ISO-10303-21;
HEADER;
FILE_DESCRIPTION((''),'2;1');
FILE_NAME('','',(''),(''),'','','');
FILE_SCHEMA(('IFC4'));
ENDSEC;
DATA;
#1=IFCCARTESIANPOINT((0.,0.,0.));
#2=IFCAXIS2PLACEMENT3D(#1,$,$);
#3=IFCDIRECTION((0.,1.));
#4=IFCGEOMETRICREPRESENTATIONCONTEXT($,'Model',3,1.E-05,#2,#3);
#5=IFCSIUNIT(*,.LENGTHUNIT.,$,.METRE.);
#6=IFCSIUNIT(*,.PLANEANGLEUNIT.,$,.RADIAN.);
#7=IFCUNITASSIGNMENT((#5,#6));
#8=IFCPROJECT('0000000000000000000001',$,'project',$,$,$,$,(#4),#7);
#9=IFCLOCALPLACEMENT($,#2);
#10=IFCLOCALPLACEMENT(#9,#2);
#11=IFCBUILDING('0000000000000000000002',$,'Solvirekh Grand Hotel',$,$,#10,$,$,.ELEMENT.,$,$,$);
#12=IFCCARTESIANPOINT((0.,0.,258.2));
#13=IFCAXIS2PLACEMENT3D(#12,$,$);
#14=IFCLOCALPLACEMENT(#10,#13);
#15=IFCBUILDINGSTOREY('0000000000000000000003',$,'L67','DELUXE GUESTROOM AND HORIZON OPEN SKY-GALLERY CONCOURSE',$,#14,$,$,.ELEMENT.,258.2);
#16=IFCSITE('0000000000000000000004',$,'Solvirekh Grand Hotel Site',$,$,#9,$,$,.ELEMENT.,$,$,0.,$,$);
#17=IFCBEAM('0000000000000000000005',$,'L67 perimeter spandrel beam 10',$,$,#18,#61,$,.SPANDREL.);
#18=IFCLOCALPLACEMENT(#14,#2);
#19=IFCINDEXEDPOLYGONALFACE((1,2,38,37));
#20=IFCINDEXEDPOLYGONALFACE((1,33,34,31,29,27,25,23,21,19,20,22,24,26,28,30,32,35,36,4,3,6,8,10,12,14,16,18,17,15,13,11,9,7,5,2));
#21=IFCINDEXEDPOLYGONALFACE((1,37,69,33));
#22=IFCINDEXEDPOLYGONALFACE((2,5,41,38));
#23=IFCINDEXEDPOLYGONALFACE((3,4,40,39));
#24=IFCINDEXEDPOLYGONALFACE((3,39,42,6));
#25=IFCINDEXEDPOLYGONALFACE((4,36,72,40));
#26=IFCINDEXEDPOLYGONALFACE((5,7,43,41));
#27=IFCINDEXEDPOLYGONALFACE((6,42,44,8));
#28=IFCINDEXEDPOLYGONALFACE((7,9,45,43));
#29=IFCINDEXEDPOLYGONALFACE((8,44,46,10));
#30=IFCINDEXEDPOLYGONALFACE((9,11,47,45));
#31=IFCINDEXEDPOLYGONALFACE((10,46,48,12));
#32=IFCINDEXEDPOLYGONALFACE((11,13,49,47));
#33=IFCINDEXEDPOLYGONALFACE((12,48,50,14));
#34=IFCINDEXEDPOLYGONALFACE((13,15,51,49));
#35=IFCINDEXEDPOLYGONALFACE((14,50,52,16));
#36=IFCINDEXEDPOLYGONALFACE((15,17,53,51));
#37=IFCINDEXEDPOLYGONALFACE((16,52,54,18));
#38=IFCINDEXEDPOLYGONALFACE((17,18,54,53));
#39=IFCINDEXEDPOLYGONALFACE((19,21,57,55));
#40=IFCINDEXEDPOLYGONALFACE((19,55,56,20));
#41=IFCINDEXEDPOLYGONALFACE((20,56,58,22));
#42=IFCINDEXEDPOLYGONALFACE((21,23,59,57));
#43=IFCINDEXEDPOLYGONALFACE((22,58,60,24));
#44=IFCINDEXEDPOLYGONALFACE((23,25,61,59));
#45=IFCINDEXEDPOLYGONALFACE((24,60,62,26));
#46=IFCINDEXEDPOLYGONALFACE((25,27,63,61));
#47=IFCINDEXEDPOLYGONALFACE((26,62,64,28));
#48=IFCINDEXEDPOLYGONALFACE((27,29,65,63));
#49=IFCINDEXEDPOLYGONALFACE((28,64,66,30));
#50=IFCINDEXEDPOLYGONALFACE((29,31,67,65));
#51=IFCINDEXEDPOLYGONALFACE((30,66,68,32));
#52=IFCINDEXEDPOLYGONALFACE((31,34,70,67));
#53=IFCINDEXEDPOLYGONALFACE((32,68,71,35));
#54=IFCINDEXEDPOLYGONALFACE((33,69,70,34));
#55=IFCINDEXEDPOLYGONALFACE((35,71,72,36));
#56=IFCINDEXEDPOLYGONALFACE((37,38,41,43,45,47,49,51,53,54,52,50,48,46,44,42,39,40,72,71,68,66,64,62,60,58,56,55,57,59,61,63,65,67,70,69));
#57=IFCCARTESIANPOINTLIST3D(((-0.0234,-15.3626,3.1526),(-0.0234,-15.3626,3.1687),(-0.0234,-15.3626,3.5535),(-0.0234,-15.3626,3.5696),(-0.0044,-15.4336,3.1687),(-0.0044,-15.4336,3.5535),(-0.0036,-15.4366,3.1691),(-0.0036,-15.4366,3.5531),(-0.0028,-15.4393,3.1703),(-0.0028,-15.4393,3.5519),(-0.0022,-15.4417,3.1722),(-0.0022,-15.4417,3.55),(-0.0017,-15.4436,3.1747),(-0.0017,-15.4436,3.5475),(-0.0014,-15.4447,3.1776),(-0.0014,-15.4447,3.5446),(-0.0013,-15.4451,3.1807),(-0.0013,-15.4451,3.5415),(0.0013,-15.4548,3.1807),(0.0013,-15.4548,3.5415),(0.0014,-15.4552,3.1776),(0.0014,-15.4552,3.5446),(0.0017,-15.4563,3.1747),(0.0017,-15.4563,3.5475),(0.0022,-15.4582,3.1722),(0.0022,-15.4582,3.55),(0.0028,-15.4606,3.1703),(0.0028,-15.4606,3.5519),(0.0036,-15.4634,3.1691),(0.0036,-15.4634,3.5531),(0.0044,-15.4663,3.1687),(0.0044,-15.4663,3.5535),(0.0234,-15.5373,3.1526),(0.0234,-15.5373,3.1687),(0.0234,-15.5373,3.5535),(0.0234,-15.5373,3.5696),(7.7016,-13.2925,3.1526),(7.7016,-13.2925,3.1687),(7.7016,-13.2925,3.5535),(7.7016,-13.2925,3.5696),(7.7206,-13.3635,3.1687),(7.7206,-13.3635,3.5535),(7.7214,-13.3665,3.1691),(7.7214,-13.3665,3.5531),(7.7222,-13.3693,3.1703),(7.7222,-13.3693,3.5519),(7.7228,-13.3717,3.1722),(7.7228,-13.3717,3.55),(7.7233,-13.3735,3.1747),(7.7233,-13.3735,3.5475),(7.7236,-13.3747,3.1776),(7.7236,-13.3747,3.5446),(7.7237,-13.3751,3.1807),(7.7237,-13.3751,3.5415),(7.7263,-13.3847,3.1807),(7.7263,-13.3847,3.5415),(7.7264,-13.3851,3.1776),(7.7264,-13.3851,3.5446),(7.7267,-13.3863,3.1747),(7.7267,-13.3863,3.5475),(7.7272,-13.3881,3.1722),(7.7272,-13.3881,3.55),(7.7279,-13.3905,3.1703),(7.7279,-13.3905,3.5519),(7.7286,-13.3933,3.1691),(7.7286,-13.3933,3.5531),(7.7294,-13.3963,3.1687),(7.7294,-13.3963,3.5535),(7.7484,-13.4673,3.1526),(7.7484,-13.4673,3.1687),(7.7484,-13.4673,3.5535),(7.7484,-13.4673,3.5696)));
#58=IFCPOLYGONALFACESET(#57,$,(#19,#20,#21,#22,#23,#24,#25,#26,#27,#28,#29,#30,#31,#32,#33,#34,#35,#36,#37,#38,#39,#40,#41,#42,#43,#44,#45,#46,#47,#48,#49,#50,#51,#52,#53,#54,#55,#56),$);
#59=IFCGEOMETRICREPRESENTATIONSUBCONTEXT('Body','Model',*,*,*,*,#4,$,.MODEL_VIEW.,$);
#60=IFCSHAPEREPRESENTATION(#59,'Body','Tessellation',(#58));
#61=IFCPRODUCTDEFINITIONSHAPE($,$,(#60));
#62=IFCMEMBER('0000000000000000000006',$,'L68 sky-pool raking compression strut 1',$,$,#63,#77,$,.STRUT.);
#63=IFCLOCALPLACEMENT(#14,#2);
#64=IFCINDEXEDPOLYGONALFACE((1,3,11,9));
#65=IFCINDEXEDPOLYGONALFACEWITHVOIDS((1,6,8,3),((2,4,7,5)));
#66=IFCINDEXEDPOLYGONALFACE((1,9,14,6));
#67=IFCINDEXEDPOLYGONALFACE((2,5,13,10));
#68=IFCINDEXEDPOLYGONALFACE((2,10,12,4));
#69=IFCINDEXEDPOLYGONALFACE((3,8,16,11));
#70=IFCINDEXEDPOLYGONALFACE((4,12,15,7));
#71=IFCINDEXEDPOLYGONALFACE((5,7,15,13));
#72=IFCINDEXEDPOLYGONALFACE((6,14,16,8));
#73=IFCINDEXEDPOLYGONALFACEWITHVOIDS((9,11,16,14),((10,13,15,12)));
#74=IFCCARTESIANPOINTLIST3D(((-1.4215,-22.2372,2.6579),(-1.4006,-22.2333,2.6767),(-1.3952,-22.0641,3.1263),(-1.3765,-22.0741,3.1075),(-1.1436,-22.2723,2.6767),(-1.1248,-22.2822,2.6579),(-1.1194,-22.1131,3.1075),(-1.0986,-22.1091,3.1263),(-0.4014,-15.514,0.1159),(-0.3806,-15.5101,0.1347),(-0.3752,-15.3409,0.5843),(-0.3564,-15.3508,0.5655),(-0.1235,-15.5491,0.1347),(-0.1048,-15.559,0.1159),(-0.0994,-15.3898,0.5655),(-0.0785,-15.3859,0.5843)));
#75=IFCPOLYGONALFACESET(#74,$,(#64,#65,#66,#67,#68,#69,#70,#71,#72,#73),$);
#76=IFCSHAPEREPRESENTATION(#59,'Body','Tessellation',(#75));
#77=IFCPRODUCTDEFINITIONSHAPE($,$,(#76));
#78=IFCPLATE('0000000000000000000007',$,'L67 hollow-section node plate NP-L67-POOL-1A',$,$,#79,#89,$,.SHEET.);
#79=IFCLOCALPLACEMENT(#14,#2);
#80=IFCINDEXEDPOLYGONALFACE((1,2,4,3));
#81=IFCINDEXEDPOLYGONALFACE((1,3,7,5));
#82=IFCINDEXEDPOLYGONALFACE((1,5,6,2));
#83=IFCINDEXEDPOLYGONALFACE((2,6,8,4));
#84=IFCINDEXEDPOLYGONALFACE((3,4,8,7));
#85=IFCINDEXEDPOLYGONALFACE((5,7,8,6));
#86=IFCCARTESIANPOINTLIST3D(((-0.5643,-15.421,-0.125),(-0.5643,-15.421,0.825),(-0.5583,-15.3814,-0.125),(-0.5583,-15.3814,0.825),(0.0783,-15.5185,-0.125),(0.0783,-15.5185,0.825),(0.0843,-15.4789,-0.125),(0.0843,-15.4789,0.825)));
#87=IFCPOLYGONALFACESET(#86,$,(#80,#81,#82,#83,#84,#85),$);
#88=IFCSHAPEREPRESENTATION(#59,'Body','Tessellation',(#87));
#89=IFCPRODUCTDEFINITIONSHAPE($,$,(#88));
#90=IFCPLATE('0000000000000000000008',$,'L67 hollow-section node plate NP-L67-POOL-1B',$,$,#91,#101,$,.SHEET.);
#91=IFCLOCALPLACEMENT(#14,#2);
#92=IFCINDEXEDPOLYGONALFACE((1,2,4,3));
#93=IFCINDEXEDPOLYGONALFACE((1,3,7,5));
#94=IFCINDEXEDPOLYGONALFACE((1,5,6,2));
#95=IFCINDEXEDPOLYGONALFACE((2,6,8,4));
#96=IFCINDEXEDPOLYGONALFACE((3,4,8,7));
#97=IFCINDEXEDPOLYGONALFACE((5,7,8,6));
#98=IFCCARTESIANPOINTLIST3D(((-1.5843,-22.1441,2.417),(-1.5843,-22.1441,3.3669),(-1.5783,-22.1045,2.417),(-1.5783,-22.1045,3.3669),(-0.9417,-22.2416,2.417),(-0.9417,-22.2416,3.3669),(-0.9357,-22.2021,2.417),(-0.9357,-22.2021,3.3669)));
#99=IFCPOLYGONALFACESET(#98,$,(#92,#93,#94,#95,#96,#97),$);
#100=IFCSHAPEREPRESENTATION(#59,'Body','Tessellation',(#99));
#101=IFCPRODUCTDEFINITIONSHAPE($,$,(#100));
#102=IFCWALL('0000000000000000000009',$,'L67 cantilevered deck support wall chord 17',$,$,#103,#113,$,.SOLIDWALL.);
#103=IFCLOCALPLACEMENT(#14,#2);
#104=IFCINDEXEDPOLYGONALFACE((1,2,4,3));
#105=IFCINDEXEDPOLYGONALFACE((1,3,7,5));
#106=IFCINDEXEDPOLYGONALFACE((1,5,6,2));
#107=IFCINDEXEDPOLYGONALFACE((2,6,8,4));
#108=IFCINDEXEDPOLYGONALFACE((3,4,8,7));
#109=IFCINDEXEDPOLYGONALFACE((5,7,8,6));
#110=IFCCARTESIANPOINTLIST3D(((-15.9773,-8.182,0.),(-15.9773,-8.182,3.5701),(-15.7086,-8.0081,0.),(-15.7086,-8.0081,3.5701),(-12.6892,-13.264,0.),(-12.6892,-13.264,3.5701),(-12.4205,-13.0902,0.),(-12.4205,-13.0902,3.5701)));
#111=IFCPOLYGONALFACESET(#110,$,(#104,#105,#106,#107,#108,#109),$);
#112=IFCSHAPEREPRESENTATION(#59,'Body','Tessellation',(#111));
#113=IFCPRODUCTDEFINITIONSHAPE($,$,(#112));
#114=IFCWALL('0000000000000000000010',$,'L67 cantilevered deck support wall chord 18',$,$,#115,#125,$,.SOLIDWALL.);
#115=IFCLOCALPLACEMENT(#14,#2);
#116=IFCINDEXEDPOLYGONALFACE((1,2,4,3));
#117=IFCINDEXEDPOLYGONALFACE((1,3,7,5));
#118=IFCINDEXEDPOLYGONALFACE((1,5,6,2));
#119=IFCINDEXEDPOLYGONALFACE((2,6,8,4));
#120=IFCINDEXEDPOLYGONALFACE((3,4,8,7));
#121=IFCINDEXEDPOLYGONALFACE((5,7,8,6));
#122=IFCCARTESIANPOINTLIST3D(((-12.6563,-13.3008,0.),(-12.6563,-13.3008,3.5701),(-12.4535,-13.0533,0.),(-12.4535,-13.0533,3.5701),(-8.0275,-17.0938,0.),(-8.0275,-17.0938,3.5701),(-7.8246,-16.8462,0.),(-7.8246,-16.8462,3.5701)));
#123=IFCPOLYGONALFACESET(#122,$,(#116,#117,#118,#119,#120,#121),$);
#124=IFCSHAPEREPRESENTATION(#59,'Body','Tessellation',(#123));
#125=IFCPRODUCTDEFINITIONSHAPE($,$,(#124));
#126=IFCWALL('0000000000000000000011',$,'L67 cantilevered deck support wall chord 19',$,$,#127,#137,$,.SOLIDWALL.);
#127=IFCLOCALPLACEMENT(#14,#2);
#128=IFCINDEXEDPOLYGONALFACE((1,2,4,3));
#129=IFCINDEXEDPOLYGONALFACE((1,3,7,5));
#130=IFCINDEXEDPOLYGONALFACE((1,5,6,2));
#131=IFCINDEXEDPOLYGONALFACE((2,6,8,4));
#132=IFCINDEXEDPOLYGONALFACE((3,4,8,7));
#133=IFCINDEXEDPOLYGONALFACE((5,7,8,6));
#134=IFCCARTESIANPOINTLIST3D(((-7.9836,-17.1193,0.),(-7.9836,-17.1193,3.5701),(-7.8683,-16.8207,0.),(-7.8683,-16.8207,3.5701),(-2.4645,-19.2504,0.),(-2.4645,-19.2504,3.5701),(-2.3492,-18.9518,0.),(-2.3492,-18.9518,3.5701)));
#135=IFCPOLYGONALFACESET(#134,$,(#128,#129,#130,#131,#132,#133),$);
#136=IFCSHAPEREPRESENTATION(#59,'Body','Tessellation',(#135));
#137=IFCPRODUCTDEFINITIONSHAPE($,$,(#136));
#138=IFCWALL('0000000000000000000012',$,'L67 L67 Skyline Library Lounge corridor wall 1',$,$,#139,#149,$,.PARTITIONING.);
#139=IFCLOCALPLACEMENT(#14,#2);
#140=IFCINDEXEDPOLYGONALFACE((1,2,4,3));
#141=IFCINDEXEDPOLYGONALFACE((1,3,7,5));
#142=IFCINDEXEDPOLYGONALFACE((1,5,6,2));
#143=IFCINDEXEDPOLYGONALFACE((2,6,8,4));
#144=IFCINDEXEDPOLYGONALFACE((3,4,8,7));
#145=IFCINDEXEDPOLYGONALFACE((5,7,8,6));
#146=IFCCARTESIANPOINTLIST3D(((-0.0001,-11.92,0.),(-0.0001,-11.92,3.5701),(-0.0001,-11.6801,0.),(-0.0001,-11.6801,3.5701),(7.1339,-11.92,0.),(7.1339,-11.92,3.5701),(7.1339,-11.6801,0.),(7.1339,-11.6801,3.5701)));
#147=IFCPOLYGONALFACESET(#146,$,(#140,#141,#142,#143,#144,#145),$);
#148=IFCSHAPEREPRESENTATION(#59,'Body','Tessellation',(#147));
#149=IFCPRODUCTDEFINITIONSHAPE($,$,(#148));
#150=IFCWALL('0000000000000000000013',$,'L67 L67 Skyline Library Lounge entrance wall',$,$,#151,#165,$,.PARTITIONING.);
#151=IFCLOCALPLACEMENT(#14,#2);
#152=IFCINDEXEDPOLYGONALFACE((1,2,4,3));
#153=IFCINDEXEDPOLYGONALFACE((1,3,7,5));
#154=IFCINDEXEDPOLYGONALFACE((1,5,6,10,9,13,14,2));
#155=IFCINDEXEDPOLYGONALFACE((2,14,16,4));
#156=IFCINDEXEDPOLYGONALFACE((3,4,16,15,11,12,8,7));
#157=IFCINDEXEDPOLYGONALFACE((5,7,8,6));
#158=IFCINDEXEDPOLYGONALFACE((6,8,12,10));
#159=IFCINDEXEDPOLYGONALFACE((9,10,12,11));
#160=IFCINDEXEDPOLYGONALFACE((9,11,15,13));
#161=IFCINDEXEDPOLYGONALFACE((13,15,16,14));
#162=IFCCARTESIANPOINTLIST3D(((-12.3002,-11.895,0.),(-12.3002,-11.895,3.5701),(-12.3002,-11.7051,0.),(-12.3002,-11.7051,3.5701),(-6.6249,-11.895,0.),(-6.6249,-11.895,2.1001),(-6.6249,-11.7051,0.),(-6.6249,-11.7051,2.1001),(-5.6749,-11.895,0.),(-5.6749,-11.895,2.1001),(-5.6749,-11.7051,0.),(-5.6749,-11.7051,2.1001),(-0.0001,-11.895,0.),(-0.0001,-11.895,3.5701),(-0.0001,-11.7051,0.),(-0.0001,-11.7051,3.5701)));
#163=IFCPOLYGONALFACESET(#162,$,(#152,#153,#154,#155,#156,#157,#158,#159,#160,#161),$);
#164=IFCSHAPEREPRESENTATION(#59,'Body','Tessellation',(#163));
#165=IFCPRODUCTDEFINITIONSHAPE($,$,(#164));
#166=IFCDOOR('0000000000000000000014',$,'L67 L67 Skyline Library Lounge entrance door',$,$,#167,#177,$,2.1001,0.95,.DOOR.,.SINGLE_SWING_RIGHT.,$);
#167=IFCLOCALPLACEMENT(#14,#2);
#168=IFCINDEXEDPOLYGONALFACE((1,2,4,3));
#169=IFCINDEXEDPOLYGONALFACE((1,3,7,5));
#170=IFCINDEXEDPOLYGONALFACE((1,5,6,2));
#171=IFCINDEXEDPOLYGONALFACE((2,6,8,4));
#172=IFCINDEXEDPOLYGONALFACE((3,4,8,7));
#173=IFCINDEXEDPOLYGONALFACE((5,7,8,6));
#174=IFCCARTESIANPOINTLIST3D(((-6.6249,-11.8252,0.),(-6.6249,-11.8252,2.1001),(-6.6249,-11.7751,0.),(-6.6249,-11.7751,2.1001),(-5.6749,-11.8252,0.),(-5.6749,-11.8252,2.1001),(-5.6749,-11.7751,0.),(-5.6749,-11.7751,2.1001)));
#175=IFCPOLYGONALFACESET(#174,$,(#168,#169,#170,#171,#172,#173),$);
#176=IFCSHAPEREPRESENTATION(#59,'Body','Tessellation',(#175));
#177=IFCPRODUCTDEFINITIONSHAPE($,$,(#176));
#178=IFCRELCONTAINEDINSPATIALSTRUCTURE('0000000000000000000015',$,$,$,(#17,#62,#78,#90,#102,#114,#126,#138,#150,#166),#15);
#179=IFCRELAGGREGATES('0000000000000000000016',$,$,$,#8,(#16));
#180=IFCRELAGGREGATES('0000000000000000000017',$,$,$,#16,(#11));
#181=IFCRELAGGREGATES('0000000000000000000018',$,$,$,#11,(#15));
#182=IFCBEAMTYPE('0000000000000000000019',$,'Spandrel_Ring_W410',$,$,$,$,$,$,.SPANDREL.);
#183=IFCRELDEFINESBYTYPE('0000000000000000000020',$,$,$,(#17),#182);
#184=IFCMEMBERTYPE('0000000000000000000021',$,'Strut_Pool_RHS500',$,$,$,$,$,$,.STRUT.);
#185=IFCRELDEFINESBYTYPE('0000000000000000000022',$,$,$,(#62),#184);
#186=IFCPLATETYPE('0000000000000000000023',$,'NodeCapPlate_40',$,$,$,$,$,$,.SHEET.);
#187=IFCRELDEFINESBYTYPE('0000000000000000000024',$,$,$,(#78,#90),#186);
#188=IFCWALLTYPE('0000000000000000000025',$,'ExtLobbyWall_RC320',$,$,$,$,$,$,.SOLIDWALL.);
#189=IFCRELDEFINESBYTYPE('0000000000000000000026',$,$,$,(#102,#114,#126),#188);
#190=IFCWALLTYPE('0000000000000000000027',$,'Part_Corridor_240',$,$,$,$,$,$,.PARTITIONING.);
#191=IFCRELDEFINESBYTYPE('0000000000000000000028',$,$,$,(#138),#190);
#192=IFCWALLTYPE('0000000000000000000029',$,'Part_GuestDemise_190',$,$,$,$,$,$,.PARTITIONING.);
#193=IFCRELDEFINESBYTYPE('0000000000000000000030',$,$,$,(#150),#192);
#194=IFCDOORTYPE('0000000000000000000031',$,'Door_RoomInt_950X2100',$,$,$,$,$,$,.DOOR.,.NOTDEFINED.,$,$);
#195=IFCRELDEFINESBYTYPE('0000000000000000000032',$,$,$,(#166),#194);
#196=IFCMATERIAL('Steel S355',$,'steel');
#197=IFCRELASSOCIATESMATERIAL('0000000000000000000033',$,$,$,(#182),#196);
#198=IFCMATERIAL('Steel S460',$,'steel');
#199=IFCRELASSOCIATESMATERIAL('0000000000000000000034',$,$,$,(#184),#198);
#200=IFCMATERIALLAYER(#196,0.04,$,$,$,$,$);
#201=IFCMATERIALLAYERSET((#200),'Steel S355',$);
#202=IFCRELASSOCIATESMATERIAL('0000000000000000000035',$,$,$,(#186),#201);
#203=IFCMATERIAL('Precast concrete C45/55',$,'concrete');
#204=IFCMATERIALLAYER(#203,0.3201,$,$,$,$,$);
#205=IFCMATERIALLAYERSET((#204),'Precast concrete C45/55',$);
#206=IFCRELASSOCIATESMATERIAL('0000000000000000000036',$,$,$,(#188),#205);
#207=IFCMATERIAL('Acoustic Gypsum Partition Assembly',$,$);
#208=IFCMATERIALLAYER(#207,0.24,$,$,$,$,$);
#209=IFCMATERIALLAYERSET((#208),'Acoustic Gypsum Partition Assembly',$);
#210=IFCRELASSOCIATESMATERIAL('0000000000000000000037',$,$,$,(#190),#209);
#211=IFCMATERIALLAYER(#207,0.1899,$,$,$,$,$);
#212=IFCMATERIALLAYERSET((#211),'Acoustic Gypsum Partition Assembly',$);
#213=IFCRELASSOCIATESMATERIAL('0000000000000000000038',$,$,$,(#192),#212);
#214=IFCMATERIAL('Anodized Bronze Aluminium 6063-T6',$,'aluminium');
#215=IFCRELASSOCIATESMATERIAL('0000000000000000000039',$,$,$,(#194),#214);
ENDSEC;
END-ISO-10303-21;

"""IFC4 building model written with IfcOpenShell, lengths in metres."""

from ifc_helpers import new_model, si_unit, direction, frame, frame_2d, origin, origin_2d, place, context, subcontext, project, spatial, rectangle, hollow_rectangle, i_section, extrude, material, layer, layer_set, material_profile, profile_set, type_object, element, fill, save


model = new_model("IFC4")

# Units and contexts
model_context = context("Model", 3, precision=1e-05, world=origin(), true_north=direction((0.0, 1.0)))
body_context = subcontext(model_context, "Body", "Model", "MODEL_VIEW")
ifc_project = project(units=[si_unit("LENGTHUNIT", "METRE"), si_unit("PLANEANGLEUNIT", "RADIAN")], contexts=[model_context])

# Site, building, storey
site_placement = place(None, origin())
site = spatial("IfcSite", under=ifc_project, at=site_placement, Name="Solvirekh Grand Hotel Site", CompositionType="ELEMENT", RefElevation=0.0)
building_placement = place(site_placement, origin())
building = spatial("IfcBuilding", under=site, at=building_placement, Name="Solvirekh Grand Hotel", CompositionType="ELEMENT")
storey_placement = place(building_placement, frame((0.0, 0.0, 258.2)))
storey = spatial("IfcBuildingStorey", under=building, at=storey_placement, Name="L67", Description="DELUXE GUESTROOM AND HORIZON OPEN SKY-GALLERY CONCOURSE", CompositionType="ELEMENT", Elevation=258.2)

# Beam
ifc_material_1 = material(Name="Steel S460", Category="steel")
ifc_material_2 = material(Name="Steel S355", Category="steel")
ifc_material_profile_1 = material_profile(ifc_material_2, i_section(OverallWidth=0.1809, OverallDepth=0.417, WebThickness=0.01, FlangeThickness=0.0161, FilletRadius=0.012, at=origin_2d()), Name="W410X85")
ifc_profile_set_1 = profile_set([ifc_material_profile_1], Name="Steel S355")
beam_type_1 = type_object("IfcBeamType", Name="Spandrel_Ring_W410", PredefinedType="SPANDREL", material=ifc_profile_set_1)
for number, where, z_axis, x_axis, name in (
    (1, (0.0, -15.45, 3.3611), (0.965922, 0.258835, 0.0), (-0.258835, 0.965922, 0.0), "L67 perimeter spandrel beam 10"),
):
    element("IfcBeam", number, at=place(storey_placement, frame(where, z_axis=z_axis, x_axis=x_axis)), inside=storey, type_object=beam_type_1, Name=name, PredefinedType="SPANDREL", context=body_context, shape_type="SweptSolid", body=[
        extrude(i_section(OverallWidth=0.1809, OverallDepth=0.417, WebThickness=0.01, FlangeThickness=0.0161, FilletRadius=0.012, at=origin_2d()), origin(), (0.0, 0.0, 1.0), 7.9976),
    ])

# Member
ifc_material_profile_2 = material_profile(ifc_material_1, hollow_rectangle(XDim=0.3, YDim=0.5, WallThickness=0.02, at=origin_2d()), Name="RHS 500X300X20")
ifc_profile_set_2 = profile_set([ifc_material_profile_2], Name="Steel S460")
member_type = type_object("IfcMemberType", Name="Strut_Pool_RHS500", PredefinedType="STRUT", material=ifc_profile_set_2)
member_placement = place(storey_placement, frame((-0.24, -15.45, 0.3501), z_axis=(-0.140505, -0.926095, 0.350152), x_axis=(0.988686, -0.150001, 0.0)))
element("IfcMember", 2, at=member_placement, inside=storey, type_object=member_type, Name="L68 sky-pool raking compression strut 1", PredefinedType="STRUT", context=body_context, shape_type="SweptSolid", body=[
    extrude(hollow_rectangle(XDim=0.3, YDim=0.5, WallThickness=0.02, at=origin_2d()), origin(), (0.0, 0.0, 1.0), 7.2598),
])

# Plates
ifc_layer_1 = layer(ifc_material_2, 0.04)
ifc_layer_set_1 = layer_set([ifc_layer_1], Name="Steel S355")
plate_type = type_object("IfcPlateType", Name="NodeCapPlate_40", PredefinedType="SHEET", material=ifc_layer_set_1)
for number, where, z_axis, x_axis, name in (
    (3, (-0.24, -15.45, -0.125), (0.0, 0.0, 1.0), (-0.150053, -0.988678, 0.0), "L67 hollow-section node plate NP-L67-POOL-1A"),
    (4, (-1.26, -22.1731, 2.417), (0.0, 0.0, 1.0), (-0.150053, -0.988678, 0.0), "L67 hollow-section node plate NP-L67-POOL-1B"),
):
    element("IfcPlate", number, at=place(storey_placement, frame(where, z_axis=z_axis, x_axis=x_axis)), inside=storey, type_object=plate_type, Name=name, PredefinedType="SHEET", context=body_context, shape_type="SweptSolid", body=[
        extrude(rectangle(XDim=0.04, YDim=0.6499, at=origin_2d()), origin(), (0.0, 0.0, 1.0), 0.95),
    ])

# Walls
ifc_material_3 = material(Name="Precast concrete C45/55", Category="concrete")
ifc_layer_2 = layer(ifc_material_3, 0.3201)
ifc_layer_set_2 = layer_set([ifc_layer_2], Name="Precast concrete C45/55")
wall_type_1 = type_object("IfcWallType", Name="ExtLobbyWall_RC320", PredefinedType="SOLIDWALL", material=ifc_layer_set_2)
wall_1_placement = place(storey_placement, frame((-12.5549, -13.177, 0.0), z_axis=(0.0, 0.0, 1.0), x_axis=(-0.543218, 0.839592, 0.0)))
element("IfcWall", 5, at=wall_1_placement, inside=storey, type_object=wall_type_1, Name="L67 cantilevered deck support wall chord 17", PredefinedType="SOLIDWALL", context=body_context, shape_type="SweptSolid", body=[
    extrude(rectangle(XDim=6.053, YDim=0.3201, at=frame_2d((3.0264, 0.0))), origin(), (0.0, 0.0, 1.0), 3.5701),
])
wall_2_placement = place(storey_placement, frame((-7.926, -16.97, 0.0), z_axis=(0.0, 0.0, 1.0), x_axis=(-0.773492, 0.633806, 0.0)))
element("IfcWall", 6, at=wall_2_placement, inside=storey, type_object=wall_type_1, Name="L67 cantilevered deck support wall chord 18", PredefinedType="SOLIDWALL", context=body_context, shape_type="SweptSolid", body=[
    extrude(rectangle(XDim=5.9844, YDim=0.3201, at=frame_2d((2.9922, 0.0))), origin(), (0.0, 0.0, 1.0), 3.5701),
])
wall_3_placement = place(storey_placement, frame((-2.407, -19.1011, 0.0), z_axis=(0.0, 0.0, 1.0), x_axis=(-0.932869, 0.360215, 0.0)))
element("IfcWall", 7, at=wall_3_placement, inside=storey, type_object=wall_type_1, Name="L67 cantilevered deck support wall chord 19", PredefinedType="SOLIDWALL", context=body_context, shape_type="SweptSolid", body=[
    extrude(rectangle(XDim=5.9163, YDim=0.3201, at=frame_2d((2.958, 0.0))), origin(), (0.0, 0.0, 1.0), 3.5701),
])
ifc_material_4 = material(Name="Acoustic Gypsum Partition Assembly")
ifc_layer_3 = layer(ifc_material_4, 0.24)
ifc_layer_set_3 = layer_set([ifc_layer_3], Name="Acoustic Gypsum Partition Assembly")
wall_type_2 = type_object("IfcWallType", Name="Part_Corridor_240", PredefinedType="PARTITIONING", material=ifc_layer_set_3)
wall_4_placement = place(storey_placement, frame((0.0, -11.8, 0.0), z_axis=(0.0, 0.0, 1.0), x_axis=(1.0, 0.0, 0.0)))
element("IfcWall", 8, at=wall_4_placement, inside=storey, type_object=wall_type_2, Name="L67 L67 Skyline Library Lounge corridor wall 1", PredefinedType="PARTITIONING", context=body_context, shape_type="SweptSolid", body=[
    extrude(rectangle(XDim=7.134, YDim=0.24, at=frame_2d((3.5669, 0.0))), origin(), (0.0, 0.0, 1.0), 3.5701),
])

# Wall, opening, door
ifc_layer_4 = layer(ifc_material_4, 0.1899)
ifc_layer_set_4 = layer_set([ifc_layer_4], Name="Acoustic Gypsum Partition Assembly")
wall_type_3 = type_object("IfcWallType", Name="Part_GuestDemise_190", PredefinedType="PARTITIONING", material=ifc_layer_set_4)
wall_5_placement = place(storey_placement, frame((-12.3, -11.8, 0.0), z_axis=(0.0, 0.0, 1.0), x_axis=(1.0, 0.0, 0.0)))
wall_5 = element("IfcWall", 9, at=wall_5_placement, inside=storey, type_object=wall_type_3, Name="L67 L67 Skyline Library Lounge entrance wall", PredefinedType="PARTITIONING", context=body_context, shape_type="SweptSolid", body=[
    extrude(rectangle(XDim=12.3, YDim=0.1899, at=frame_2d((6.1499, 0.0))), origin(), (0.0, 0.0, 1.0), 3.5701),
])
opening_1_placement = place(wall_5_placement, frame((5.675, 0.0, 0.0)))
opening_1 = element("IfcOpeningElement", 10, at=opening_1_placement, cuts=wall_5, PredefinedType="OPENING", context=body_context, shape_type="SweptSolid", body=[
    extrude(rectangle(XDim=0.95, YDim=2.1001, at=frame_2d((0.4751, 1.05))), frame((0.0, 0.105, 0.0), z_axis=(0.0, -1.0, 0.0), x_axis=(1.0, 0.0, 0.0)), (0.0, 0.0, 1.0), 0.21),
])
ifc_material_5 = material(Name="Anodized Bronze Aluminium 6063-T6", Category="aluminium")
door_type = type_object("IfcDoorType", Name="Door_RoomInt_950X2100", OperationType="NOTDEFINED", PredefinedType="DOOR", material=ifc_material_5)
door_1_placement = place(opening_1_placement, origin())
door_1 = element("IfcDoor", 11, at=door_1_placement, inside=storey, type_object=door_type, Name="L67 L67 Skyline Library Lounge entrance door", OperationType="SINGLE_SWING_RIGHT", OverallHeight=2.1001, OverallWidth=0.95, PredefinedType="DOOR", context=body_context, shape_type="SweptSolid", body=[
    extrude(rectangle(XDim=0.95, YDim=2.1001, at=frame_2d((0.4751, 1.05))), frame((0.0, 0.0249, 0.0), z_axis=(0.0, -1.0, 0.0), x_axis=(1.0, 0.0, 0.0)), (0.0, 0.0, 1.0), 0.05),
])
fill(opening_1, door_1)

save(model, "model.ifc")
